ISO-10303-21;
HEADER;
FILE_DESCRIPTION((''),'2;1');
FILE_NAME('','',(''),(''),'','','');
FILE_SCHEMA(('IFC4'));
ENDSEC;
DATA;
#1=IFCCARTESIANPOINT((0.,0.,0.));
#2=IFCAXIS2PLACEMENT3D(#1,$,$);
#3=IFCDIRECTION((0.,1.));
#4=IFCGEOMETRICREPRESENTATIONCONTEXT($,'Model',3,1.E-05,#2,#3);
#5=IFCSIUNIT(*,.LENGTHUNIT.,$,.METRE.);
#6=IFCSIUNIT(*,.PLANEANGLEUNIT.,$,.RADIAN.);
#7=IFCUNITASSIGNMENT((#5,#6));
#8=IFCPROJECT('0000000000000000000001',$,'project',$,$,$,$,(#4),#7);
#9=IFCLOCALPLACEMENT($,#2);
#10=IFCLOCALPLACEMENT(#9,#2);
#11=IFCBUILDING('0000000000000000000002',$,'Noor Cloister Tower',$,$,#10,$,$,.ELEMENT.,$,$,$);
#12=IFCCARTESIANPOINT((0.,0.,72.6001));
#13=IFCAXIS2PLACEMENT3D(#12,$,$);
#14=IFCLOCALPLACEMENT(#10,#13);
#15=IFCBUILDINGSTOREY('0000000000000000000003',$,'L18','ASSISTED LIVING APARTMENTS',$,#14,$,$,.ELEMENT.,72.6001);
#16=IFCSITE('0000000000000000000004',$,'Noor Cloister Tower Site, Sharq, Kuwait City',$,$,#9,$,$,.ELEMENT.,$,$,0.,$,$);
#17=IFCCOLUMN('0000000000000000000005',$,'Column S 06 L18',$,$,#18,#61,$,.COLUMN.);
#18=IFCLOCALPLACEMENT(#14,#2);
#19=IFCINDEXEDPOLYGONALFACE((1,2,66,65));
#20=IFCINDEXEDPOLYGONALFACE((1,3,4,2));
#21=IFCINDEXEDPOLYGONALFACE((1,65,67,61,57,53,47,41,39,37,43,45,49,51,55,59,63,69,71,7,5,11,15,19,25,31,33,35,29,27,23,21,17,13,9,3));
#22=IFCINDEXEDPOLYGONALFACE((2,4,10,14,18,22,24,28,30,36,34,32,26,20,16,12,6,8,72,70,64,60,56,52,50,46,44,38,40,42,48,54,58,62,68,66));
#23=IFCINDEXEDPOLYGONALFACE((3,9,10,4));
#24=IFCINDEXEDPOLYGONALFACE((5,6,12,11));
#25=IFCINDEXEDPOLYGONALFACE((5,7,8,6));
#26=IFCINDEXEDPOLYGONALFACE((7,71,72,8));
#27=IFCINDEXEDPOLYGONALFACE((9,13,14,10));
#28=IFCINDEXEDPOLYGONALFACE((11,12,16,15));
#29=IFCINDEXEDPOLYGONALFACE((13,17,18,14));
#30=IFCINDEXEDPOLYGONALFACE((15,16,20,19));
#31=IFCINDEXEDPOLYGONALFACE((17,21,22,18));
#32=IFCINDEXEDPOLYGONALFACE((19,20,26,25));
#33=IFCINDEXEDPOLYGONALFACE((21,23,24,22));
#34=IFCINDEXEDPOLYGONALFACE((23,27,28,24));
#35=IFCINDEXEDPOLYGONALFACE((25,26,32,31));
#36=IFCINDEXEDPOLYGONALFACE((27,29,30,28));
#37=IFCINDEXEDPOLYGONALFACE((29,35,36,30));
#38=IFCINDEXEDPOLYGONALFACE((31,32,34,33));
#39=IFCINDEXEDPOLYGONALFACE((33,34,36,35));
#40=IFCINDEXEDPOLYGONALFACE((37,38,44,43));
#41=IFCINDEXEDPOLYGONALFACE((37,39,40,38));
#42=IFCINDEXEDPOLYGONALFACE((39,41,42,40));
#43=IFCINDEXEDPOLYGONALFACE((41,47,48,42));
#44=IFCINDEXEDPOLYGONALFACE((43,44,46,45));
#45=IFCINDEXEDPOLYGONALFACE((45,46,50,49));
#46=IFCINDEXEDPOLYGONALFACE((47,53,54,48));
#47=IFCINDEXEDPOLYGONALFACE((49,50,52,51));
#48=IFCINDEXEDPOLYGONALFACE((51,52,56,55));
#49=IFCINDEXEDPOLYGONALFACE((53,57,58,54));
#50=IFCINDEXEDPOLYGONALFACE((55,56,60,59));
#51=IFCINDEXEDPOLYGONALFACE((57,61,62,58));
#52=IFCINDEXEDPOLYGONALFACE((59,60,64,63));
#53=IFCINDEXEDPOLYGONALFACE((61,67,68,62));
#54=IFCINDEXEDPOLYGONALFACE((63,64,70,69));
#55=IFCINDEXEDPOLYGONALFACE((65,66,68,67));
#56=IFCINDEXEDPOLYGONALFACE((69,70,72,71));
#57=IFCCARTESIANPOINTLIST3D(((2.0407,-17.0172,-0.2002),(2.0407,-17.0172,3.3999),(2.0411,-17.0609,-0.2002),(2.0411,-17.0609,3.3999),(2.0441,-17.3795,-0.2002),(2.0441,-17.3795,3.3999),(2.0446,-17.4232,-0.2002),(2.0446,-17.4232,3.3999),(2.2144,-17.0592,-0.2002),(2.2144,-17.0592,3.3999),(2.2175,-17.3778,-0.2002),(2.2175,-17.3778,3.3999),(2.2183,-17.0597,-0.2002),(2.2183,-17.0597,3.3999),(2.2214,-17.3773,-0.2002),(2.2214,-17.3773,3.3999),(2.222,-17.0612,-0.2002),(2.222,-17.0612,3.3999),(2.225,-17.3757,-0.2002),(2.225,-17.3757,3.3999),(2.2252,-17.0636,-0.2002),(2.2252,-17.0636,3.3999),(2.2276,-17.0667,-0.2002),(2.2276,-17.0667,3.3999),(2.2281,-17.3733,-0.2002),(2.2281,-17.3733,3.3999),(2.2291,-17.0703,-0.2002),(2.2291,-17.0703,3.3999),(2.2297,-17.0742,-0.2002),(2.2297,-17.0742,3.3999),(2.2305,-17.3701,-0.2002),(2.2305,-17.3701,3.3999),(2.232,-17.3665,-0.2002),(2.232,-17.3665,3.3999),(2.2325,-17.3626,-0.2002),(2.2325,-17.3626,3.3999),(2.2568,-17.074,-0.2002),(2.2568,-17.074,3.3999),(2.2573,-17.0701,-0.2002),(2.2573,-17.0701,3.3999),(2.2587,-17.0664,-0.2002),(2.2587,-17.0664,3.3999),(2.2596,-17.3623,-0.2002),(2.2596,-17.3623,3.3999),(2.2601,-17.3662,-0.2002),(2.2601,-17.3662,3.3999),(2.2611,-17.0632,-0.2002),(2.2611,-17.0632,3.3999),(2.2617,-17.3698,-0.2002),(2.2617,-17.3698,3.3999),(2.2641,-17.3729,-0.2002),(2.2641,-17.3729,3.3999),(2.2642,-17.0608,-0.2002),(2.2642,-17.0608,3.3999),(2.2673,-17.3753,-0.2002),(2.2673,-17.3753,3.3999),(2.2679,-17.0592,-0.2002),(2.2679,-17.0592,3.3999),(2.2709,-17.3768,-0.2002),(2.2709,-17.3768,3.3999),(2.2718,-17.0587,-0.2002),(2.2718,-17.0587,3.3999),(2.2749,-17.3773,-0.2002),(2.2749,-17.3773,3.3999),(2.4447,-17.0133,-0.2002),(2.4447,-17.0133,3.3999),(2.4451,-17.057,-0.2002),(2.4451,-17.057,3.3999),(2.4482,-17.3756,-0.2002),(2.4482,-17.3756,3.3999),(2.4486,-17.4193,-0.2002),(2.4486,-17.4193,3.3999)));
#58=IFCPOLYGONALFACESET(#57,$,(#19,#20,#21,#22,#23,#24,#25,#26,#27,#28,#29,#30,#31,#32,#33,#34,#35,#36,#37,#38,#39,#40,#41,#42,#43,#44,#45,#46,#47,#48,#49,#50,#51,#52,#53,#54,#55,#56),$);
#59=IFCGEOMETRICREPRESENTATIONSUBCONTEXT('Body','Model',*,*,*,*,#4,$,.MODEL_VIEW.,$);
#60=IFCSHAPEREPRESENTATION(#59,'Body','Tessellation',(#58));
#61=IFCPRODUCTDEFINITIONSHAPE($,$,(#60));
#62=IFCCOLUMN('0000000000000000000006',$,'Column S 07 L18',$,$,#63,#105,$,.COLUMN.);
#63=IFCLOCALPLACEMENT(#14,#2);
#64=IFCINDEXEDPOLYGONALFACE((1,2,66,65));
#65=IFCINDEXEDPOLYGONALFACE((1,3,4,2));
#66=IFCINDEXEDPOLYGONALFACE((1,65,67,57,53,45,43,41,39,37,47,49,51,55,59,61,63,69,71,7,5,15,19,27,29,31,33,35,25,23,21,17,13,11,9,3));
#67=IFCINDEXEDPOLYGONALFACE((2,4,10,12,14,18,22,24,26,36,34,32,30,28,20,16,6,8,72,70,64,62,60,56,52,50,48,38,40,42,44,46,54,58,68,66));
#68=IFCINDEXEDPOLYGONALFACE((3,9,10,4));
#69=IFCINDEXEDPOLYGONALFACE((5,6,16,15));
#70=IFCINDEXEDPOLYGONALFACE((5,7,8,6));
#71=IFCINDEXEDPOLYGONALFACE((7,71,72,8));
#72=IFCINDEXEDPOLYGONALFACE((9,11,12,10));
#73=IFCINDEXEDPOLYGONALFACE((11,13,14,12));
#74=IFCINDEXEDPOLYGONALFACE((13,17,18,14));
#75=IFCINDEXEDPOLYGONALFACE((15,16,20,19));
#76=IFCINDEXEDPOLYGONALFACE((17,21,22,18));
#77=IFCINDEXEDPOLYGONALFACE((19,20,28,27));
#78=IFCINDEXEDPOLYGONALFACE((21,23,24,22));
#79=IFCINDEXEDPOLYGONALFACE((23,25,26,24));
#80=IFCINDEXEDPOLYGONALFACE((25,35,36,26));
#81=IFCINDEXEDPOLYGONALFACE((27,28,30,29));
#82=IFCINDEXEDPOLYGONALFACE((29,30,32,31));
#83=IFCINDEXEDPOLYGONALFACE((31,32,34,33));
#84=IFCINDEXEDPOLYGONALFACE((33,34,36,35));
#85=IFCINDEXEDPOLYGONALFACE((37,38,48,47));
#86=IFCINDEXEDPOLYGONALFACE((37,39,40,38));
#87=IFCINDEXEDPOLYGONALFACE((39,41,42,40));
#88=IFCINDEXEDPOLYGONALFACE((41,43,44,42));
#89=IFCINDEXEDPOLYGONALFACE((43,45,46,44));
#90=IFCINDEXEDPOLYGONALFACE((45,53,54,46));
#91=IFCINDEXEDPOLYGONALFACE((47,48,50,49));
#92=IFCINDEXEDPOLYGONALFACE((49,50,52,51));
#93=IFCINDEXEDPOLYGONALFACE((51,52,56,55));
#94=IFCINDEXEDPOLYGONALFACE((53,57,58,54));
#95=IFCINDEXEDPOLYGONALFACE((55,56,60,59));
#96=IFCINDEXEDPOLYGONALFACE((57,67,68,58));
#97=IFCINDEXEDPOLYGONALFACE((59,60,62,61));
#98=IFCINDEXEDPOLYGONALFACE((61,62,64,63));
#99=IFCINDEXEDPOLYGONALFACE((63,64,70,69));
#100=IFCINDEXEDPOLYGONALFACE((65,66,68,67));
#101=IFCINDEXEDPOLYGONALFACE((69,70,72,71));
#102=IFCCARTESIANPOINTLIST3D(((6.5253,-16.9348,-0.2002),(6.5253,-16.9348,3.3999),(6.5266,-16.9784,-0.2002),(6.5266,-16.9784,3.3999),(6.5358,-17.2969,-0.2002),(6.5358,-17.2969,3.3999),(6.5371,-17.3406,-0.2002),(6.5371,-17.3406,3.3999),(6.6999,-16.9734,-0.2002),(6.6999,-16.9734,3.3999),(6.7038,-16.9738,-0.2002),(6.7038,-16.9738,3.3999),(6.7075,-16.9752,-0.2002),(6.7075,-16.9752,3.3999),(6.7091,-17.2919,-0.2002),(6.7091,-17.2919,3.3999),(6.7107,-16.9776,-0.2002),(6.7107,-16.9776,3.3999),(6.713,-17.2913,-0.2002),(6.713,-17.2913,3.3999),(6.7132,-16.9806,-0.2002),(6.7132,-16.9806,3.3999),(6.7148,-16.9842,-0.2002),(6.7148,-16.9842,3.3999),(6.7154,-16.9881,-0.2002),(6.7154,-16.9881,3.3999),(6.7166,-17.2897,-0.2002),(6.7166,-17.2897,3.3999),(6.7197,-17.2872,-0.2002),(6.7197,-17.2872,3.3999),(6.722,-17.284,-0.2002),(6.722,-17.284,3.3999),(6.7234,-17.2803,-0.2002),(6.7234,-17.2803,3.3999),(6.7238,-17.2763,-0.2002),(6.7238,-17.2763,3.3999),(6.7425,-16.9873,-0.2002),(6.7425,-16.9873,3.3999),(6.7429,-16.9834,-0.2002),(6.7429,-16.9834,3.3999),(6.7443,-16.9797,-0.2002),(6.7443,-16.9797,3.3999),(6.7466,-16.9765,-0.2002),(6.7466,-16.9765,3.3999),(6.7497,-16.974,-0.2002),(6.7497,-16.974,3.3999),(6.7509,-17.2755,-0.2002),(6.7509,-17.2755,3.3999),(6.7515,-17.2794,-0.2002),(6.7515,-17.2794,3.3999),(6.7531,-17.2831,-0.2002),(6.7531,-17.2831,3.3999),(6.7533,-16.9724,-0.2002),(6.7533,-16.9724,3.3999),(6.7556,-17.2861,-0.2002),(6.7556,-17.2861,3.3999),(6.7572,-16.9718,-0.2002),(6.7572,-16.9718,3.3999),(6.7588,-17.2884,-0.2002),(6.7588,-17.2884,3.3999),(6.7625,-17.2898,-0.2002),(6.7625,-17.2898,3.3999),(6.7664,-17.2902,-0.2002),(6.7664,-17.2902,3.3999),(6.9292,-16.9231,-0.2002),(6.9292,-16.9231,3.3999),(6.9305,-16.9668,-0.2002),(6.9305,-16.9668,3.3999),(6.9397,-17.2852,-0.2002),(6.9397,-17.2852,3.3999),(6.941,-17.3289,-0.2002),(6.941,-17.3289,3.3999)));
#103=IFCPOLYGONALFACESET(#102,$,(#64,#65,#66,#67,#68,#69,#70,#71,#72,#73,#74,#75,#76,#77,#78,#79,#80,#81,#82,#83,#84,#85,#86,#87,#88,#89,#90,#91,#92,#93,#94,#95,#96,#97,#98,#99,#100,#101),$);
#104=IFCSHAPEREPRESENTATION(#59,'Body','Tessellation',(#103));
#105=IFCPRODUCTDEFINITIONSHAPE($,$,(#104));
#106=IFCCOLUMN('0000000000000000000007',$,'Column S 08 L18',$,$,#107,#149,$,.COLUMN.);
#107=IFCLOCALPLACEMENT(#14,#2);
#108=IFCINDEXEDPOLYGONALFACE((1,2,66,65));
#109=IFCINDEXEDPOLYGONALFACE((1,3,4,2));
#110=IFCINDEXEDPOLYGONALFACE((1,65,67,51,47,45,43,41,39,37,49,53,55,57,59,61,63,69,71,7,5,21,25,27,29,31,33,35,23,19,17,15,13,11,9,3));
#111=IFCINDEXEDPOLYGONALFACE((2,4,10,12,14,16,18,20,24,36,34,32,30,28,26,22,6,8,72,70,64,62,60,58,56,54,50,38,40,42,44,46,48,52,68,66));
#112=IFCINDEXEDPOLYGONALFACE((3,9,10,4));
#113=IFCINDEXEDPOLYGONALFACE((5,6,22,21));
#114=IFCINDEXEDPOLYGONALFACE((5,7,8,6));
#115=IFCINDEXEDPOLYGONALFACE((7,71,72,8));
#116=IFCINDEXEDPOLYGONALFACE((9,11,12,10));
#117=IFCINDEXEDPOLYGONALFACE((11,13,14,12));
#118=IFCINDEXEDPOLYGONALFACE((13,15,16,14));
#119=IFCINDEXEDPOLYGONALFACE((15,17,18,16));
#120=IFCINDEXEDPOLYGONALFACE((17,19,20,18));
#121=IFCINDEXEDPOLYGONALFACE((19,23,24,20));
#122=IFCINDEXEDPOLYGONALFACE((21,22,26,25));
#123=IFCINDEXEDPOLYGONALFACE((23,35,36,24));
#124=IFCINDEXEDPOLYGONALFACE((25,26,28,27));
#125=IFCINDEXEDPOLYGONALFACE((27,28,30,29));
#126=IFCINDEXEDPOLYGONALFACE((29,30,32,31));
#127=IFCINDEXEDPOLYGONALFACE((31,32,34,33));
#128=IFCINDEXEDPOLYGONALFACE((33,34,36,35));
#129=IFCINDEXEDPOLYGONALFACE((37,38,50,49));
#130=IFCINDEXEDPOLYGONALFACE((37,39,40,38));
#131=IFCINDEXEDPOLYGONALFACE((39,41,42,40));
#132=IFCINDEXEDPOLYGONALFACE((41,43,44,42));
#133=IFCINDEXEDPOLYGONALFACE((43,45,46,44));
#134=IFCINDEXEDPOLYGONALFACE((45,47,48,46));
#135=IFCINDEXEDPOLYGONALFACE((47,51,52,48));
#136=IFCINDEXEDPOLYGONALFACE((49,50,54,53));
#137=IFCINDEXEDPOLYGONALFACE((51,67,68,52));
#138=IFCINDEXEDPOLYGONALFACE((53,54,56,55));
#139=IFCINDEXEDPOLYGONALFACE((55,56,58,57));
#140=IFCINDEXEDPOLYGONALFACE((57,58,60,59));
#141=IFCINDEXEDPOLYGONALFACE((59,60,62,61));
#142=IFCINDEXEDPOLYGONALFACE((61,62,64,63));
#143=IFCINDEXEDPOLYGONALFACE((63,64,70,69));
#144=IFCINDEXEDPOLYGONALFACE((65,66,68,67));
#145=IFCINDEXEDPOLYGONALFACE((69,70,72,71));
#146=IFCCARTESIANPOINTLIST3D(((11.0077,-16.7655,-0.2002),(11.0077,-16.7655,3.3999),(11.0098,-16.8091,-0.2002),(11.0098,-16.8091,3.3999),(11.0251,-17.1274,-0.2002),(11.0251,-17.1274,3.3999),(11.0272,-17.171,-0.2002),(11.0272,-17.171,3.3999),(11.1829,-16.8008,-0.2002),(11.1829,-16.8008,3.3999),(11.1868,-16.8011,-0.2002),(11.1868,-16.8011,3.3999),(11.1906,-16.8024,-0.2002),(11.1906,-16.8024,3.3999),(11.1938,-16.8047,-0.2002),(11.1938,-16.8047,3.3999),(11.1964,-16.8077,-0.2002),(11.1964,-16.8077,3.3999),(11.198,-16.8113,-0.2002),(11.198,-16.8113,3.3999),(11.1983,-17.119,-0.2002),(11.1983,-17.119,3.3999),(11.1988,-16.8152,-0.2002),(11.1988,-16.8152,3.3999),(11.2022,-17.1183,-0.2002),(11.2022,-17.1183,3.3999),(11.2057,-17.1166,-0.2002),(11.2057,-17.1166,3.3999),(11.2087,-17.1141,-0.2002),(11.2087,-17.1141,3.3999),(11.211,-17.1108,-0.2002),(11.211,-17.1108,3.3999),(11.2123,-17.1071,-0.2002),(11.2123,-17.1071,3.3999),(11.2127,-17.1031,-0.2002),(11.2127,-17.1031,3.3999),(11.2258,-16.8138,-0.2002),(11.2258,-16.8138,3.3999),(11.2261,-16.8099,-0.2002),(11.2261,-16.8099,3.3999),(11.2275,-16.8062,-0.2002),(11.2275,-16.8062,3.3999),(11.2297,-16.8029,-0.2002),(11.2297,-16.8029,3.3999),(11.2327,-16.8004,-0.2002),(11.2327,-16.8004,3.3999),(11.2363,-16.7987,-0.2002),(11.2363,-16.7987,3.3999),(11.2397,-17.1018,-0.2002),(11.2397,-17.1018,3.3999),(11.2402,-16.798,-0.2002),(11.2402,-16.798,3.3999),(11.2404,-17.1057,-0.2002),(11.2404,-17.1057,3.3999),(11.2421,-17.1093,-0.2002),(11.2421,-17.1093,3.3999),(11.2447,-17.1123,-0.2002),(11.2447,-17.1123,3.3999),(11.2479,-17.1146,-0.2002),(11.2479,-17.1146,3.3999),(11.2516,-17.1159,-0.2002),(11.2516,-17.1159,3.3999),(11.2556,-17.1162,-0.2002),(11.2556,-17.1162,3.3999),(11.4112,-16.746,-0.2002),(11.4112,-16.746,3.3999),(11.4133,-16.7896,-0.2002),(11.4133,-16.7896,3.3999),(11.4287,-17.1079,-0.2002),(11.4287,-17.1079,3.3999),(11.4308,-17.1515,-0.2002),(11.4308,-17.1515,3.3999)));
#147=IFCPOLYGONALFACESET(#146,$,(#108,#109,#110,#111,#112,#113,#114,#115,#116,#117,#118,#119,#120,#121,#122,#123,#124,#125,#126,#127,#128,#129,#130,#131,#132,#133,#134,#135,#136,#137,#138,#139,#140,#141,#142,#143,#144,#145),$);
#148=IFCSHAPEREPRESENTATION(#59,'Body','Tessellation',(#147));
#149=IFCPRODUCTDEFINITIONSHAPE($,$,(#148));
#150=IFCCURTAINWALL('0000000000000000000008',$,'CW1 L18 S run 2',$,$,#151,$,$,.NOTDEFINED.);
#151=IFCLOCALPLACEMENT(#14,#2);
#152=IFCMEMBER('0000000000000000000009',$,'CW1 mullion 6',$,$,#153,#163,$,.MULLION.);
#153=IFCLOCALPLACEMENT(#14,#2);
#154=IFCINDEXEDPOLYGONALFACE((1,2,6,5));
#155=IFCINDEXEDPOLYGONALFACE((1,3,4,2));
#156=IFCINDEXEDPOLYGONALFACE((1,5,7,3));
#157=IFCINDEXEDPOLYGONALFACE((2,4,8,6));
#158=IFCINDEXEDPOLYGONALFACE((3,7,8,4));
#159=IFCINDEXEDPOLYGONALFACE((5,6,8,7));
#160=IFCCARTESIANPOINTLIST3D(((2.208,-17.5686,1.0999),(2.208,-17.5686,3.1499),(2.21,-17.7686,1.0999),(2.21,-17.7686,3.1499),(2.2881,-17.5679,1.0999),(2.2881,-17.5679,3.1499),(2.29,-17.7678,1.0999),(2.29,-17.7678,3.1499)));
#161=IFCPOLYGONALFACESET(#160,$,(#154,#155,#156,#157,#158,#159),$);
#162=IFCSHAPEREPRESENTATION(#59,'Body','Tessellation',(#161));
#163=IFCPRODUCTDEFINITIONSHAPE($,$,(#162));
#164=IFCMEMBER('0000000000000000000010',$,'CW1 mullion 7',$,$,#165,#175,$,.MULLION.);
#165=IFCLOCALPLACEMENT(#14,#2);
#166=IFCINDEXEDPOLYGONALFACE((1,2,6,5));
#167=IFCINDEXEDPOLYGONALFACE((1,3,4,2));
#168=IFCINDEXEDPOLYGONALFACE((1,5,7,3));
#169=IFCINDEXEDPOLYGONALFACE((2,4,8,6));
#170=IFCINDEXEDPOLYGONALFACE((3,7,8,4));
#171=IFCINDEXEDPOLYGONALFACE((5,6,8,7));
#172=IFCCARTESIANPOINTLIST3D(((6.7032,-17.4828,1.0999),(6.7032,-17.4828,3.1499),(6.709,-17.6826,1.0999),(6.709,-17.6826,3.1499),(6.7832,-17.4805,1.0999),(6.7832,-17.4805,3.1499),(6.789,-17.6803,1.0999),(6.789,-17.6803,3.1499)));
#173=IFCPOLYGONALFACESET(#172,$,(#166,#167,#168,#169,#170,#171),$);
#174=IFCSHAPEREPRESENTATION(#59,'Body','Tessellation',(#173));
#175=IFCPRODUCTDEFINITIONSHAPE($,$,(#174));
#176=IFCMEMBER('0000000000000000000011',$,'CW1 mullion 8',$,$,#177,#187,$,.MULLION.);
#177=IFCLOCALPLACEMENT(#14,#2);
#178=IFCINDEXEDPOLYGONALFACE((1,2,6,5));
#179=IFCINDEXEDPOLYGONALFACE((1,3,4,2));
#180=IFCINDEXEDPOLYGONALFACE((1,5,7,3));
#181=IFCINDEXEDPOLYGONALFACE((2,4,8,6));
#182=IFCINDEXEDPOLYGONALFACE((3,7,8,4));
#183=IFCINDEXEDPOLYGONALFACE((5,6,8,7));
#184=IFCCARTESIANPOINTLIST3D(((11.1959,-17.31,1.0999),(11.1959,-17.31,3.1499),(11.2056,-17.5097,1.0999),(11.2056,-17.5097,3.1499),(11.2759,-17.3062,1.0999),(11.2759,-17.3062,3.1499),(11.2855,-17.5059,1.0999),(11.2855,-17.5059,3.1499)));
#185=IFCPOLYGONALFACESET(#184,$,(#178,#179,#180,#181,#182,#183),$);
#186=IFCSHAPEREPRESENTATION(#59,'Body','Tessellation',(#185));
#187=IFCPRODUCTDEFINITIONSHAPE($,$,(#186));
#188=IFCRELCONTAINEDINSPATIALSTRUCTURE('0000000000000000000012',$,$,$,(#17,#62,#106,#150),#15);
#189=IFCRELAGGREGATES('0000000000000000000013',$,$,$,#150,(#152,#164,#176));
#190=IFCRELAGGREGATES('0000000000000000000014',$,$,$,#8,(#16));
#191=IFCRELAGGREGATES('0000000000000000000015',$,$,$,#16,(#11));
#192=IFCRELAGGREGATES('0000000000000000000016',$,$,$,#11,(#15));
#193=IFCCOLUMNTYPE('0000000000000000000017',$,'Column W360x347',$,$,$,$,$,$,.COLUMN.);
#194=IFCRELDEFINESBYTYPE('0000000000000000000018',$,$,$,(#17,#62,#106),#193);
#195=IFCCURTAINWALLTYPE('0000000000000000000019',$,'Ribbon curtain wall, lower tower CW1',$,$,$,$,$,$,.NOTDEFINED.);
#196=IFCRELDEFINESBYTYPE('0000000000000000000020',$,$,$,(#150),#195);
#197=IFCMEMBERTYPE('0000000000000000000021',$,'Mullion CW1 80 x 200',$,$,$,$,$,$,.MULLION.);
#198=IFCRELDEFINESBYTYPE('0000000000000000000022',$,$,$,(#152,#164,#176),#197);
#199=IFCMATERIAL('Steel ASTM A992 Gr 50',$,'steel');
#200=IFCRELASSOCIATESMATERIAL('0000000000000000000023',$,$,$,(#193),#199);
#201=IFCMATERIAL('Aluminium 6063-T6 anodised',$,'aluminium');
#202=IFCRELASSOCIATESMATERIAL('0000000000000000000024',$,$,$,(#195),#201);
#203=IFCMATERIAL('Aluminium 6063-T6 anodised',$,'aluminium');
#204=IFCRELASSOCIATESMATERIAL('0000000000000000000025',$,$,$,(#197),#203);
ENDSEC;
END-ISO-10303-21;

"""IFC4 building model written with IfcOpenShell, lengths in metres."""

from ifc_helpers import new_model, si_unit, direction, frame, origin, origin_2d, place, context, subcontext, project, spatial, rectangle, i_section, extrude, material, material_profile, profile_set, type_object, element, aggregate, save


model = new_model("IFC4")

# Units and contexts
model_context = context("Model", 3, precision=1e-05, world=origin(), true_north=direction((0.0, 1.0)))
body_context = subcontext(model_context, "Body", "Model", "MODEL_VIEW")
ifc_project = project(units=[si_unit("LENGTHUNIT", "METRE"), si_unit("PLANEANGLEUNIT", "RADIAN")], contexts=[model_context])

# Site, building, storey
site_placement = place(None, origin())
site = spatial("IfcSite", under=ifc_project, at=site_placement, Name="Noor Cloister Tower Site, Sharq, Kuwait City", CompositionType="ELEMENT", RefElevation=0.0)
building_placement = place(site_placement, origin())
building = spatial("IfcBuilding", under=site, at=building_placement, Name="Noor Cloister Tower", CompositionType="ELEMENT")
storey_placement = place(building_placement, frame((0.0, 0.0, 72.6001)))
storey = spatial("IfcBuildingStorey", under=building, at=storey_placement, Name="L18", Description="ASSISTED LIVING APARTMENTS", CompositionType="ELEMENT", Elevation=72.6001)

# Columns
ifc_material_1 = material(Name="Steel ASTM A992 Gr 50", Category="steel")
ifc_material_profile_1 = material_profile(ifc_material_1, i_section(OverallWidth=0.4041, OverallDepth=0.406, WebThickness=0.0271, FlangeThickness=0.0437, FilletRadius=0.0151, at=origin_2d()), Name="W360x347")
ifc_profile_set_1 = profile_set([ifc_material_profile_1], Name="Steel ASTM A992 Gr 50")
column_type = type_object("IfcColumnType", Name="Column W360x347", PredefinedType="COLUMN", material=ifc_profile_set_1)
for number, where, z_axis, x_axis, name in (
    (1, (2.2446, -17.2183, -0.2002), (0.0, 0.0, 1.0), (0.999953, 0.009646, 0.0), "Column S 06 L18"),
    (2, (6.7332, -17.1318, -0.2002), (0.0, 0.0, 1.0), (0.999581, 0.028934, 0.0), "Column S 07 L18"),
    (3, (11.2192, -16.9585, -0.2002), (0.0, 0.0, 1.0), (0.998837, 0.048212, 0.0), "Column S 08 L18"),
):
    element("IfcColumn", number, at=place(storey_placement, frame(where, z_axis=z_axis, x_axis=x_axis)), inside=storey, type_object=column_type, Name=name, PredefinedType="COLUMN", context=body_context, shape_type="SweptSolid", body=[
        extrude(i_section(OverallWidth=0.4041, OverallDepth=0.406, WebThickness=0.0271, FlangeThickness=0.0437, FilletRadius=0.0151, at=origin_2d()), origin(), (0.0, 0.0, 1.0), 3.6001),
    ])

# Curtain wall, members
ifc_material_2 = material(Name="Aluminium 6063-T6 anodised", Category="aluminium")
curtain_wall_type = type_object("IfcCurtainWallType", Name="Ribbon curtain wall, lower tower CW1", PredefinedType="NOTDEFINED", material=ifc_material_2)
curtain_wall_placement = place(storey_placement, origin())
curtain_wall = element("IfcCurtainWall", 4, at=curtain_wall_placement, inside=storey, type_object=curtain_wall_type, Name="CW1 L18 S run 2", PredefinedType="NOTDEFINED")
ifc_material_3 = material(Name="Aluminium 6063-T6 anodised", Category="aluminium")
ifc_material_profile_2 = material_profile(ifc_material_3, rectangle(XDim=0.2, YDim=0.0801, at=origin_2d()), Name="200 x 80 mullion")
ifc_profile_set_2 = profile_set([ifc_material_profile_2], Name="Aluminium 6063-T6 anodised")
member_type = type_object("IfcMemberType", Name="Mullion CW1 80 x 200", PredefinedType="MULLION", material=ifc_profile_set_2)
member_1_placement = place(storey_placement, frame((2.249, -17.6682, 1.0999), z_axis=(0.0, 0.0, 1.0), x_axis=(-0.009646, 0.999953, 0.0)))
member_1 = element("IfcMember", 5, at=member_1_placement, type_object=member_type, Name="CW1 mullion 6", PredefinedType="MULLION", context=body_context, shape_type="SweptSolid", body=[
    extrude(rectangle(XDim=0.2, YDim=0.0801, at=origin_2d()), origin(), (0.0, 0.0, 1.0), 2.05),
])
member_2_placement = place(storey_placement, frame((6.7461, -17.5815, 1.0999), z_axis=(0.0, 0.0, 1.0), x_axis=(-0.028934, 0.999581, 0.0)))
member_2 = element("IfcMember", 6, at=member_2_placement, type_object=member_type, Name="CW1 mullion 7", PredefinedType="MULLION", context=body_context, shape_type="SweptSolid", body=[
    extrude(rectangle(XDim=0.2, YDim=0.0801, at=origin_2d()), origin(), (0.0, 0.0, 1.0), 2.05),
])
member_3_placement = place(storey_placement, frame((11.2407, -17.408, 1.0999), z_axis=(0.0, 0.0, 1.0), x_axis=(-0.048212, 0.998837, 0.0)))
member_3 = element("IfcMember", 7, at=member_3_placement, type_object=member_type, Name="CW1 mullion 8", PredefinedType="MULLION", context=body_context, shape_type="SweptSolid", body=[
    extrude(rectangle(XDim=0.2, YDim=0.0801, at=origin_2d()), origin(), (0.0, 0.0, 1.0), 2.05),
])

aggregate(curtain_wall, [member_1, member_2, member_3])

save(model, "model.ifc")
